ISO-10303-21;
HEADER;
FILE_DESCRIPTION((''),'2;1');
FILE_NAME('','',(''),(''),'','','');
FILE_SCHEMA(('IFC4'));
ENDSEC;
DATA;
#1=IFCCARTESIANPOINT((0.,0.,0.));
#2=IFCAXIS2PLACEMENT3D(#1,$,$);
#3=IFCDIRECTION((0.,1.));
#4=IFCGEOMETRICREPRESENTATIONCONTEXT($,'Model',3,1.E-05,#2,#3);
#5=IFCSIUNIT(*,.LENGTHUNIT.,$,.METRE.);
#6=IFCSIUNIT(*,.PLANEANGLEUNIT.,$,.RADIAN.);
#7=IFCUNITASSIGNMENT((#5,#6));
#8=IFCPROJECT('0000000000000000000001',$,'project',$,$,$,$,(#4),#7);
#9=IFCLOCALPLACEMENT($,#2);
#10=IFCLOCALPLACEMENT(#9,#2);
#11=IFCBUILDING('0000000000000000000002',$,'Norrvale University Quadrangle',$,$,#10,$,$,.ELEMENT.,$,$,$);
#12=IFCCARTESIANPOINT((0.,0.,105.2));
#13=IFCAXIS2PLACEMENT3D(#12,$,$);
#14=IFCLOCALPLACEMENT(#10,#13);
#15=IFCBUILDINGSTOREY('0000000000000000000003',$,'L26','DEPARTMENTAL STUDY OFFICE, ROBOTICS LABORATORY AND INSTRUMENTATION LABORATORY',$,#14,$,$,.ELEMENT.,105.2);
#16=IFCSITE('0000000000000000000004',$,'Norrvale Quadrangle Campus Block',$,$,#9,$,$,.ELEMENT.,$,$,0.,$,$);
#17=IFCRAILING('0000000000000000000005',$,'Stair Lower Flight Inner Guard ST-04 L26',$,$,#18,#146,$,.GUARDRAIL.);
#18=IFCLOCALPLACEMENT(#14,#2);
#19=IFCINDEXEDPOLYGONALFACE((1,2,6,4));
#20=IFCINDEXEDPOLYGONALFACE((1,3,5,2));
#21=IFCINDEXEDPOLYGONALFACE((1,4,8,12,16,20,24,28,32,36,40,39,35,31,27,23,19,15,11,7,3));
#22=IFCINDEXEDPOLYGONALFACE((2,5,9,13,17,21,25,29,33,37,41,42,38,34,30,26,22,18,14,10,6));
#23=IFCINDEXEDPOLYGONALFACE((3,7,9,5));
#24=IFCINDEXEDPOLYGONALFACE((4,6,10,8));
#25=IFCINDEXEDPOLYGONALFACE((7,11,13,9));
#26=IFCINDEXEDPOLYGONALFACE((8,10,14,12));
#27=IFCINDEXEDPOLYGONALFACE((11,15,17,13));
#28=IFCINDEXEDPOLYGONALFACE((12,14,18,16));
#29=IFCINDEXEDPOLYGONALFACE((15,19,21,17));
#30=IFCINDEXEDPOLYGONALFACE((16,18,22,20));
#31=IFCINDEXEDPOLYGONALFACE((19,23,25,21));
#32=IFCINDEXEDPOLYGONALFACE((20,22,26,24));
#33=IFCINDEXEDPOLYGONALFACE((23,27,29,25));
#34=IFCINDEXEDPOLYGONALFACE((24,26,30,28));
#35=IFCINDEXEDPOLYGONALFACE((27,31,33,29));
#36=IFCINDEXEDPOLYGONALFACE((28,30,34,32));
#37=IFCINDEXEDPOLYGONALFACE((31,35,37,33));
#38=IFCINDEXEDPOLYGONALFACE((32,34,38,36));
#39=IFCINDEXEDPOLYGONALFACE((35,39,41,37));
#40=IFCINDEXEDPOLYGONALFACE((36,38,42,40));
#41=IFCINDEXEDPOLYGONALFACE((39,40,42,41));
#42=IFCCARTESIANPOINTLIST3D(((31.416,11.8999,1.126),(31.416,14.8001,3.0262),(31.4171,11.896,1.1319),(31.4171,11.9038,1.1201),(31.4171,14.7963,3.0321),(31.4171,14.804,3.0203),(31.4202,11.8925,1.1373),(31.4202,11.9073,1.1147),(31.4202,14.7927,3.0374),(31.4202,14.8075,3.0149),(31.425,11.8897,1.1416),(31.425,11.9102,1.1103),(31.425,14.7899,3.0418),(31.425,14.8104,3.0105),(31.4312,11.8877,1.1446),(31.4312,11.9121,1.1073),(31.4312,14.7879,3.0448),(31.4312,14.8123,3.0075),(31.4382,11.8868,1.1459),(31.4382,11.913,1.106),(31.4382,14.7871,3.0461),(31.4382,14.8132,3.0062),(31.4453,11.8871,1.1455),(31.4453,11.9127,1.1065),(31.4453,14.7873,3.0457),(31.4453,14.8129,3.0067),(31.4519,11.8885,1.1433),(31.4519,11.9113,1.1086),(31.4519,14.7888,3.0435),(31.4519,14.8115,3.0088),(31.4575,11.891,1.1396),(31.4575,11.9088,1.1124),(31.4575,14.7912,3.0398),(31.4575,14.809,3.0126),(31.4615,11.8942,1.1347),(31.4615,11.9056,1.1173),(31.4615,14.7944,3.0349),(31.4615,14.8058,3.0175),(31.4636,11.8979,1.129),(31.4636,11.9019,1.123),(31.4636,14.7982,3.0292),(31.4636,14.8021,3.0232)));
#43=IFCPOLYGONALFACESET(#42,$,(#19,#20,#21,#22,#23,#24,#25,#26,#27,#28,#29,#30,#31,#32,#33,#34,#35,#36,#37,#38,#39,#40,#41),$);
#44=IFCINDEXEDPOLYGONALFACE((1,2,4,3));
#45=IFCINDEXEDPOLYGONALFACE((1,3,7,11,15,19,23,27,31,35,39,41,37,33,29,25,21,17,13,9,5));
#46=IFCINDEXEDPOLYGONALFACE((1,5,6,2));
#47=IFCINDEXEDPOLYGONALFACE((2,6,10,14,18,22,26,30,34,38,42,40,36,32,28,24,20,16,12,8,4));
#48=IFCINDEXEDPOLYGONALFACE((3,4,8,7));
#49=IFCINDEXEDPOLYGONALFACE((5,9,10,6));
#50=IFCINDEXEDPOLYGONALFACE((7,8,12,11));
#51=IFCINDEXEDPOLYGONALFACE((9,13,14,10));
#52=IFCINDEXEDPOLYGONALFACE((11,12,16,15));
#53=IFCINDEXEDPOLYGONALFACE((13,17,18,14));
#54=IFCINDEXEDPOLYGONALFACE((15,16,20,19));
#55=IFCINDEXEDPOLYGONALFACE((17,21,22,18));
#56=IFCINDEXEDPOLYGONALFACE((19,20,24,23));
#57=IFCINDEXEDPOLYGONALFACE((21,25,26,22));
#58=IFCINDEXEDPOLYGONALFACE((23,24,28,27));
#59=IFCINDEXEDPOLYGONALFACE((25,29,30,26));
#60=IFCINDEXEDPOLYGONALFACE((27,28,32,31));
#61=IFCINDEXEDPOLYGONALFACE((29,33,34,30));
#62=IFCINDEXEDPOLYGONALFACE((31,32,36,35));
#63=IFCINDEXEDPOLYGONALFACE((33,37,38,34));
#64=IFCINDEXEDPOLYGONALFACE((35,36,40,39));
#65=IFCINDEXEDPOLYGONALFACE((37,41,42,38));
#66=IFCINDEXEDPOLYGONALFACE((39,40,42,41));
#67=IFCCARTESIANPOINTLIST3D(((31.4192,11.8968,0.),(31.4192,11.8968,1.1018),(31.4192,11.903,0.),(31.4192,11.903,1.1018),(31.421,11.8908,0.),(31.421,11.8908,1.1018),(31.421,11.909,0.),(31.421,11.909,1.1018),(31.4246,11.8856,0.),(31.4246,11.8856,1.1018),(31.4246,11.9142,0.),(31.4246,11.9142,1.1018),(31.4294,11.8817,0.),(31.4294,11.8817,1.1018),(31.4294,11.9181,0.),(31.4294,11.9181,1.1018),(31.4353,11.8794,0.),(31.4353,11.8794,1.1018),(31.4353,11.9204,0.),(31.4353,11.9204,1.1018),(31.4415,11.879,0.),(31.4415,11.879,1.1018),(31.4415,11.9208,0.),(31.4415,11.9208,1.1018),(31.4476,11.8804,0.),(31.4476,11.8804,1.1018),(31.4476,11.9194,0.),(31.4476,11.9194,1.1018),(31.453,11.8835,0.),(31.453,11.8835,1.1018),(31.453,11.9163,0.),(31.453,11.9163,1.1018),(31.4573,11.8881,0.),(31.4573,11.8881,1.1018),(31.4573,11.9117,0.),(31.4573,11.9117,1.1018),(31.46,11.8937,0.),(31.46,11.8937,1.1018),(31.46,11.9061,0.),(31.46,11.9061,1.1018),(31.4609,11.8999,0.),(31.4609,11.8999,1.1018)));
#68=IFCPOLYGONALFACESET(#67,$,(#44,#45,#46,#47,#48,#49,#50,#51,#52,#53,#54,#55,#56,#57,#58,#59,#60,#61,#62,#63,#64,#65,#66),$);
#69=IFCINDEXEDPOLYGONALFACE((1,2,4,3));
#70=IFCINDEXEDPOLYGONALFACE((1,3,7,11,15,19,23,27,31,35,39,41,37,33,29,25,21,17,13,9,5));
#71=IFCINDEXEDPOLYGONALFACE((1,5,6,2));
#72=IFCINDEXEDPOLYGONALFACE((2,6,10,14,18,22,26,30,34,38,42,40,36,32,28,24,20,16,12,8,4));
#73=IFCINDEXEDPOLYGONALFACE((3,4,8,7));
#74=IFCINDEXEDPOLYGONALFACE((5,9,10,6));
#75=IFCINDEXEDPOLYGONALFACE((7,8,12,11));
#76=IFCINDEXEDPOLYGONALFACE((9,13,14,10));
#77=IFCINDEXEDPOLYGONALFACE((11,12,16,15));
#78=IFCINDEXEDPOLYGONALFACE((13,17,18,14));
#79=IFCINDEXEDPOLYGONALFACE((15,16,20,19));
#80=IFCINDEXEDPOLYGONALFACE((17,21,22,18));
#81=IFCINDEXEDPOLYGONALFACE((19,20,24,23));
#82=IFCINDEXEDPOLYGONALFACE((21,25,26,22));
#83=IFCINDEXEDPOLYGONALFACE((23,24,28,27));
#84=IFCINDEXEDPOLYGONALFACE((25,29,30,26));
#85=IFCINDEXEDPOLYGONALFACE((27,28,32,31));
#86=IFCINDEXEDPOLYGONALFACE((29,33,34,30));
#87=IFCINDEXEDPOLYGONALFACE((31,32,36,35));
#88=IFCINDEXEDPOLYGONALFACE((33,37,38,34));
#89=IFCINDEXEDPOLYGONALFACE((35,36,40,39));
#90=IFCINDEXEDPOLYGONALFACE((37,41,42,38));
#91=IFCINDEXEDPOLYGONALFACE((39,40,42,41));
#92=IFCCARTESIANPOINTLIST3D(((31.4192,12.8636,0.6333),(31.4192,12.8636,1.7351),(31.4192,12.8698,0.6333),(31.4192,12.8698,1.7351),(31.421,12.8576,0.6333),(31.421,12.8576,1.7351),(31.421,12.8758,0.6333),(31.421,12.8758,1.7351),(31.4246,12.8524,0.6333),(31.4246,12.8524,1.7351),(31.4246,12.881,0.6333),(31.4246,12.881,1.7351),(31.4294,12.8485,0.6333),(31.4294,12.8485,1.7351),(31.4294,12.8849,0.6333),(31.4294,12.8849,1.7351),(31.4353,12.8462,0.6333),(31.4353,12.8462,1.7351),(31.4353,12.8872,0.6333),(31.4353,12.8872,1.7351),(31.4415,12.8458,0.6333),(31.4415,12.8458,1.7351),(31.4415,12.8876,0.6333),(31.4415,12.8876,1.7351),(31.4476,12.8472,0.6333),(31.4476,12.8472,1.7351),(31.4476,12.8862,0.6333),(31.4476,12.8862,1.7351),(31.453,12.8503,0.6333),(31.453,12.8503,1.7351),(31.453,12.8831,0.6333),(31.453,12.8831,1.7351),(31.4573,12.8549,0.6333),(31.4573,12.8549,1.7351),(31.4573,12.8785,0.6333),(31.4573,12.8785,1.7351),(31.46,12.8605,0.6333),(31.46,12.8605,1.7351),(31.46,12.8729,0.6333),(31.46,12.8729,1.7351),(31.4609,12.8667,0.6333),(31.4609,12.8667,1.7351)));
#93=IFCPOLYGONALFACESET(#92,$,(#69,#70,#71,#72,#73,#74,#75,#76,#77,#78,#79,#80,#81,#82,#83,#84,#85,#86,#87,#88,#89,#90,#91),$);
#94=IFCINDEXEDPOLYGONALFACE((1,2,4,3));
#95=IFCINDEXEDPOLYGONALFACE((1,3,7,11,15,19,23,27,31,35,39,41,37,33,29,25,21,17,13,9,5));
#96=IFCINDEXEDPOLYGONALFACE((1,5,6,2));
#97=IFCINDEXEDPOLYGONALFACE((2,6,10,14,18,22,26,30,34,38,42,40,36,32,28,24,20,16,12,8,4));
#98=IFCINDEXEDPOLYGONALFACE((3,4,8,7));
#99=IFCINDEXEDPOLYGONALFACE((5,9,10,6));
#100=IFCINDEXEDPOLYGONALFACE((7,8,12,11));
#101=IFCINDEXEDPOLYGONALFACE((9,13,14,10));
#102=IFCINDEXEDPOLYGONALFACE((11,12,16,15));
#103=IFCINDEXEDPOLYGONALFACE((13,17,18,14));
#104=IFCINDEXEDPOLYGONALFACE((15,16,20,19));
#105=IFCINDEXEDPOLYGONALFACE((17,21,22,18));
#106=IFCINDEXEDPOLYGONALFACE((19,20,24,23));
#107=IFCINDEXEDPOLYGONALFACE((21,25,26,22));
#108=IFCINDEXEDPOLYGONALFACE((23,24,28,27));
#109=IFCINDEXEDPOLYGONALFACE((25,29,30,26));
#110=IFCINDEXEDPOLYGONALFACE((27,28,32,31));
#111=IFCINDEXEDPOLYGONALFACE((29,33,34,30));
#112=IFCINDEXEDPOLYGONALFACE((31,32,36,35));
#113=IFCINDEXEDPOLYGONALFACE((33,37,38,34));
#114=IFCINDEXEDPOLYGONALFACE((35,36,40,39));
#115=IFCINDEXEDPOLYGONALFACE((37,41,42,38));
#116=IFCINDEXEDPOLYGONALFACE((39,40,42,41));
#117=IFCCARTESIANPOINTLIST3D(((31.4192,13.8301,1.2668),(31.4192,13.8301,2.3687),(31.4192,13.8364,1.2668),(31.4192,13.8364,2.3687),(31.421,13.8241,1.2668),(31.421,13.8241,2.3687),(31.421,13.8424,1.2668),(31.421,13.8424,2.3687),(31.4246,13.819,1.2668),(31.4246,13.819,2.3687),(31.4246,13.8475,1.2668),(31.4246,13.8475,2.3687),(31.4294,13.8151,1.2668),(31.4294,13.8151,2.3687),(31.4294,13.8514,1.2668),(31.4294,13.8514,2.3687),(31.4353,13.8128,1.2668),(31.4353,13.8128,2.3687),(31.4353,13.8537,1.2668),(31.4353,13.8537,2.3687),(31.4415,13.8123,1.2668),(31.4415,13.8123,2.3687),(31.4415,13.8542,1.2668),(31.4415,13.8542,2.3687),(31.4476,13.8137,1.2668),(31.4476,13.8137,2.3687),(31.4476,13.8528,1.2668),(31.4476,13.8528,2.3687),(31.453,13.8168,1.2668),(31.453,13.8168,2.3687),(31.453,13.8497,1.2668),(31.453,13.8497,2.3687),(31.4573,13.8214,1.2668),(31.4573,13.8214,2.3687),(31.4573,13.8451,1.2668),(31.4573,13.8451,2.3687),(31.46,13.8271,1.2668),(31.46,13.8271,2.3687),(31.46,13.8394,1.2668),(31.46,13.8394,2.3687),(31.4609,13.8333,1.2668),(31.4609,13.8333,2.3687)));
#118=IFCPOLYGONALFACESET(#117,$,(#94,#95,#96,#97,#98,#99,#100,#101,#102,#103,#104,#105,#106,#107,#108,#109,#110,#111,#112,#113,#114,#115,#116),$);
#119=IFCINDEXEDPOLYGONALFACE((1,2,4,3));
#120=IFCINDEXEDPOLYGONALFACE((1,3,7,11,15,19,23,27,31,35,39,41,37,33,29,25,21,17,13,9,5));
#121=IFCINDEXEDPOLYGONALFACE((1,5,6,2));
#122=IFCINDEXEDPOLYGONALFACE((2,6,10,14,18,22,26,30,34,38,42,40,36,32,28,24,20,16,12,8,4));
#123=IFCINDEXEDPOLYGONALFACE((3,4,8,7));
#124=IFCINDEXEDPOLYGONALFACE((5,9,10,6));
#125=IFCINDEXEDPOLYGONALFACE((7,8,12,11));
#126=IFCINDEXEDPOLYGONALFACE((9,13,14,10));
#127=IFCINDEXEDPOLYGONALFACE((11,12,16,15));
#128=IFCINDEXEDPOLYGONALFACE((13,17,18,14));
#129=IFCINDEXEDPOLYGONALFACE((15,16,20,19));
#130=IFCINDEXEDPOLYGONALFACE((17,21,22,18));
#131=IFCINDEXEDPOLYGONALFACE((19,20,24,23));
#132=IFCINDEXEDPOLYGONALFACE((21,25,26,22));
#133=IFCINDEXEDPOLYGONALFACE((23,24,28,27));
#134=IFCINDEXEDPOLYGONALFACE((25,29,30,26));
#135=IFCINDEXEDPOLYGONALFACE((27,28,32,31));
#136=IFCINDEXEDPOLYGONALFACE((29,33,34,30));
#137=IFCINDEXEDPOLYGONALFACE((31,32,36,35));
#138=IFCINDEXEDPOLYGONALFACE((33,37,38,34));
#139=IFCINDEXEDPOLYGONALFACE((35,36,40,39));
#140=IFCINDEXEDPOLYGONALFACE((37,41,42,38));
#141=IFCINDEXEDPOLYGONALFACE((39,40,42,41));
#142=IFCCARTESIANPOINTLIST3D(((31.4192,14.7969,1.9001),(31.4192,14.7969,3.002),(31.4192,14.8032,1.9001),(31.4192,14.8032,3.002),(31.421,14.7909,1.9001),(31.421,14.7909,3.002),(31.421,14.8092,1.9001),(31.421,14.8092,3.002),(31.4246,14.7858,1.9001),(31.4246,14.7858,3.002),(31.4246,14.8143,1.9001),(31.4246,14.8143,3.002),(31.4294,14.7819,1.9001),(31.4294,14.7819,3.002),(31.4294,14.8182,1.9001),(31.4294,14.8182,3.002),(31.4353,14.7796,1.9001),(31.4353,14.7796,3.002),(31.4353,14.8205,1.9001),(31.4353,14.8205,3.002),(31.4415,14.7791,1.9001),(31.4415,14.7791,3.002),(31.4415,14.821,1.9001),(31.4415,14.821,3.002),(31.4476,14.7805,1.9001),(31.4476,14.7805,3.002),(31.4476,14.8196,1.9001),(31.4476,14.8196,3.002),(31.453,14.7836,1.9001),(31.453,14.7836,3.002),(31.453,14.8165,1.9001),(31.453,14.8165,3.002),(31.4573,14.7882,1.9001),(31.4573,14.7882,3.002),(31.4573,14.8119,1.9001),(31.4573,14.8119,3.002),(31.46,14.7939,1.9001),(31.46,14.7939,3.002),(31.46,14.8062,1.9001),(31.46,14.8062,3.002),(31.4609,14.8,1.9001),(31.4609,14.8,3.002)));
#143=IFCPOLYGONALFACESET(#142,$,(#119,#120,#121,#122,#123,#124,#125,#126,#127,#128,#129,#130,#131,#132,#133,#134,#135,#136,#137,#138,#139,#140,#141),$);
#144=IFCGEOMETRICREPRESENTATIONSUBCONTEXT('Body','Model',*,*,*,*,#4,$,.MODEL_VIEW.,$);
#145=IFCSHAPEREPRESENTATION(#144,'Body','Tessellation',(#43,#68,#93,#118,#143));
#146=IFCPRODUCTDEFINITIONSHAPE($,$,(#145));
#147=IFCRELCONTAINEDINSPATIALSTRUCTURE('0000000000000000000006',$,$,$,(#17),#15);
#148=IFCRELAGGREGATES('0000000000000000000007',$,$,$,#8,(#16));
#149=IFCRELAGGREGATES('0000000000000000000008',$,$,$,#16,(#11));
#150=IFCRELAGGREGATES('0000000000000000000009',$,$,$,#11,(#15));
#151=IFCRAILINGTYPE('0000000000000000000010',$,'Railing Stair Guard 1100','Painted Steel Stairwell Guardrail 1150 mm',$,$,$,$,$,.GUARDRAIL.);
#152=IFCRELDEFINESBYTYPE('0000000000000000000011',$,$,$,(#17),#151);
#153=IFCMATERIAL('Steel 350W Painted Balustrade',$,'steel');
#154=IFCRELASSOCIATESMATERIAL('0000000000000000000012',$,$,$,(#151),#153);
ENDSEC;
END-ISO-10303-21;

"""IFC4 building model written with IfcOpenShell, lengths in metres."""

from ifc_helpers import new_model, si_unit, direction, frame, origin, origin_2d, place, context, subcontext, project, spatial, circle, extrude, material, type_object, element, save


model = new_model("IFC4")

# Units and contexts
model_context = context("Model", 3, precision=1e-05, world=origin(), true_north=direction((0.0, 1.0)))
body_context = subcontext(model_context, "Body", "Model", "MODEL_VIEW")
ifc_project = project(units=[si_unit("LENGTHUNIT", "METRE"), si_unit("PLANEANGLEUNIT", "RADIAN")], contexts=[model_context])

# Site, building, storey
site_placement = place(None, origin())
site = spatial("IfcSite", under=ifc_project, at=site_placement, Name="Norrvale Quadrangle Campus Block", CompositionType="ELEMENT", RefElevation=0.0)
building_placement = place(site_placement, origin())
building = spatial("IfcBuilding", under=site, at=building_placement, Name="Norrvale University Quadrangle", CompositionType="ELEMENT")
storey_placement = place(building_placement, frame((0.0, 0.0, 105.2)))
storey = spatial("IfcBuildingStorey", under=building, at=storey_placement, Name="L26", Description="DEPARTMENTAL STUDY OFFICE, ROBOTICS LABORATORY AND INSTRUMENTATION LABORATORY", CompositionType="ELEMENT", Elevation=105.2)

# Railing
ifc_material_1 = material(Name="Steel 350W Painted Balustrade", Category="steel")
railing_type_1 = type_object("IfcRailingType", Name="Railing Stair Guard 1100", Description="Painted Steel Stairwell Guardrail 1150 mm", PredefinedType="GUARDRAIL", material=ifc_material_1)
railing_1_placement = place(storey_placement, frame((31.4399, 11.8999, 0.0)))
element("IfcRailing", 1, at=railing_1_placement, inside=storey, type_object=railing_type_1, Name="Stair Lower Flight Inner Guard ST-04 L26", PredefinedType="GUARDRAIL", context=body_context, shape_type="SweptSolid", body=[
    extrude(circle(Radius=0.0239, at=origin_2d()), frame((0.0, 0.0, 1.126), z_axis=(0.0, 0.836454, 0.548036), x_axis=(-1.0, 0.0, 0.0)), (0.0, 0.0, 1.0), 3.4673),
    extrude(circle(Radius=0.021, at=origin_2d()), origin(), (0.0, 0.0, 1.0), 1.1018),
    extrude(circle(Radius=0.021, at=origin_2d()), frame((0.0, 0.9668, 0.6333)), (0.0, 0.0, 1.0), 1.1018),
    extrude(circle(Radius=0.021, at=origin_2d()), frame((0.0, 1.9333, 1.2668)), (0.0, 0.0, 1.0), 1.1018),
    extrude(circle(Radius=0.021, at=origin_2d()), frame((0.0, 2.9001, 1.9001)), (0.0, 0.0, 1.0), 1.1018),
])

save(model, "model.ifc")
